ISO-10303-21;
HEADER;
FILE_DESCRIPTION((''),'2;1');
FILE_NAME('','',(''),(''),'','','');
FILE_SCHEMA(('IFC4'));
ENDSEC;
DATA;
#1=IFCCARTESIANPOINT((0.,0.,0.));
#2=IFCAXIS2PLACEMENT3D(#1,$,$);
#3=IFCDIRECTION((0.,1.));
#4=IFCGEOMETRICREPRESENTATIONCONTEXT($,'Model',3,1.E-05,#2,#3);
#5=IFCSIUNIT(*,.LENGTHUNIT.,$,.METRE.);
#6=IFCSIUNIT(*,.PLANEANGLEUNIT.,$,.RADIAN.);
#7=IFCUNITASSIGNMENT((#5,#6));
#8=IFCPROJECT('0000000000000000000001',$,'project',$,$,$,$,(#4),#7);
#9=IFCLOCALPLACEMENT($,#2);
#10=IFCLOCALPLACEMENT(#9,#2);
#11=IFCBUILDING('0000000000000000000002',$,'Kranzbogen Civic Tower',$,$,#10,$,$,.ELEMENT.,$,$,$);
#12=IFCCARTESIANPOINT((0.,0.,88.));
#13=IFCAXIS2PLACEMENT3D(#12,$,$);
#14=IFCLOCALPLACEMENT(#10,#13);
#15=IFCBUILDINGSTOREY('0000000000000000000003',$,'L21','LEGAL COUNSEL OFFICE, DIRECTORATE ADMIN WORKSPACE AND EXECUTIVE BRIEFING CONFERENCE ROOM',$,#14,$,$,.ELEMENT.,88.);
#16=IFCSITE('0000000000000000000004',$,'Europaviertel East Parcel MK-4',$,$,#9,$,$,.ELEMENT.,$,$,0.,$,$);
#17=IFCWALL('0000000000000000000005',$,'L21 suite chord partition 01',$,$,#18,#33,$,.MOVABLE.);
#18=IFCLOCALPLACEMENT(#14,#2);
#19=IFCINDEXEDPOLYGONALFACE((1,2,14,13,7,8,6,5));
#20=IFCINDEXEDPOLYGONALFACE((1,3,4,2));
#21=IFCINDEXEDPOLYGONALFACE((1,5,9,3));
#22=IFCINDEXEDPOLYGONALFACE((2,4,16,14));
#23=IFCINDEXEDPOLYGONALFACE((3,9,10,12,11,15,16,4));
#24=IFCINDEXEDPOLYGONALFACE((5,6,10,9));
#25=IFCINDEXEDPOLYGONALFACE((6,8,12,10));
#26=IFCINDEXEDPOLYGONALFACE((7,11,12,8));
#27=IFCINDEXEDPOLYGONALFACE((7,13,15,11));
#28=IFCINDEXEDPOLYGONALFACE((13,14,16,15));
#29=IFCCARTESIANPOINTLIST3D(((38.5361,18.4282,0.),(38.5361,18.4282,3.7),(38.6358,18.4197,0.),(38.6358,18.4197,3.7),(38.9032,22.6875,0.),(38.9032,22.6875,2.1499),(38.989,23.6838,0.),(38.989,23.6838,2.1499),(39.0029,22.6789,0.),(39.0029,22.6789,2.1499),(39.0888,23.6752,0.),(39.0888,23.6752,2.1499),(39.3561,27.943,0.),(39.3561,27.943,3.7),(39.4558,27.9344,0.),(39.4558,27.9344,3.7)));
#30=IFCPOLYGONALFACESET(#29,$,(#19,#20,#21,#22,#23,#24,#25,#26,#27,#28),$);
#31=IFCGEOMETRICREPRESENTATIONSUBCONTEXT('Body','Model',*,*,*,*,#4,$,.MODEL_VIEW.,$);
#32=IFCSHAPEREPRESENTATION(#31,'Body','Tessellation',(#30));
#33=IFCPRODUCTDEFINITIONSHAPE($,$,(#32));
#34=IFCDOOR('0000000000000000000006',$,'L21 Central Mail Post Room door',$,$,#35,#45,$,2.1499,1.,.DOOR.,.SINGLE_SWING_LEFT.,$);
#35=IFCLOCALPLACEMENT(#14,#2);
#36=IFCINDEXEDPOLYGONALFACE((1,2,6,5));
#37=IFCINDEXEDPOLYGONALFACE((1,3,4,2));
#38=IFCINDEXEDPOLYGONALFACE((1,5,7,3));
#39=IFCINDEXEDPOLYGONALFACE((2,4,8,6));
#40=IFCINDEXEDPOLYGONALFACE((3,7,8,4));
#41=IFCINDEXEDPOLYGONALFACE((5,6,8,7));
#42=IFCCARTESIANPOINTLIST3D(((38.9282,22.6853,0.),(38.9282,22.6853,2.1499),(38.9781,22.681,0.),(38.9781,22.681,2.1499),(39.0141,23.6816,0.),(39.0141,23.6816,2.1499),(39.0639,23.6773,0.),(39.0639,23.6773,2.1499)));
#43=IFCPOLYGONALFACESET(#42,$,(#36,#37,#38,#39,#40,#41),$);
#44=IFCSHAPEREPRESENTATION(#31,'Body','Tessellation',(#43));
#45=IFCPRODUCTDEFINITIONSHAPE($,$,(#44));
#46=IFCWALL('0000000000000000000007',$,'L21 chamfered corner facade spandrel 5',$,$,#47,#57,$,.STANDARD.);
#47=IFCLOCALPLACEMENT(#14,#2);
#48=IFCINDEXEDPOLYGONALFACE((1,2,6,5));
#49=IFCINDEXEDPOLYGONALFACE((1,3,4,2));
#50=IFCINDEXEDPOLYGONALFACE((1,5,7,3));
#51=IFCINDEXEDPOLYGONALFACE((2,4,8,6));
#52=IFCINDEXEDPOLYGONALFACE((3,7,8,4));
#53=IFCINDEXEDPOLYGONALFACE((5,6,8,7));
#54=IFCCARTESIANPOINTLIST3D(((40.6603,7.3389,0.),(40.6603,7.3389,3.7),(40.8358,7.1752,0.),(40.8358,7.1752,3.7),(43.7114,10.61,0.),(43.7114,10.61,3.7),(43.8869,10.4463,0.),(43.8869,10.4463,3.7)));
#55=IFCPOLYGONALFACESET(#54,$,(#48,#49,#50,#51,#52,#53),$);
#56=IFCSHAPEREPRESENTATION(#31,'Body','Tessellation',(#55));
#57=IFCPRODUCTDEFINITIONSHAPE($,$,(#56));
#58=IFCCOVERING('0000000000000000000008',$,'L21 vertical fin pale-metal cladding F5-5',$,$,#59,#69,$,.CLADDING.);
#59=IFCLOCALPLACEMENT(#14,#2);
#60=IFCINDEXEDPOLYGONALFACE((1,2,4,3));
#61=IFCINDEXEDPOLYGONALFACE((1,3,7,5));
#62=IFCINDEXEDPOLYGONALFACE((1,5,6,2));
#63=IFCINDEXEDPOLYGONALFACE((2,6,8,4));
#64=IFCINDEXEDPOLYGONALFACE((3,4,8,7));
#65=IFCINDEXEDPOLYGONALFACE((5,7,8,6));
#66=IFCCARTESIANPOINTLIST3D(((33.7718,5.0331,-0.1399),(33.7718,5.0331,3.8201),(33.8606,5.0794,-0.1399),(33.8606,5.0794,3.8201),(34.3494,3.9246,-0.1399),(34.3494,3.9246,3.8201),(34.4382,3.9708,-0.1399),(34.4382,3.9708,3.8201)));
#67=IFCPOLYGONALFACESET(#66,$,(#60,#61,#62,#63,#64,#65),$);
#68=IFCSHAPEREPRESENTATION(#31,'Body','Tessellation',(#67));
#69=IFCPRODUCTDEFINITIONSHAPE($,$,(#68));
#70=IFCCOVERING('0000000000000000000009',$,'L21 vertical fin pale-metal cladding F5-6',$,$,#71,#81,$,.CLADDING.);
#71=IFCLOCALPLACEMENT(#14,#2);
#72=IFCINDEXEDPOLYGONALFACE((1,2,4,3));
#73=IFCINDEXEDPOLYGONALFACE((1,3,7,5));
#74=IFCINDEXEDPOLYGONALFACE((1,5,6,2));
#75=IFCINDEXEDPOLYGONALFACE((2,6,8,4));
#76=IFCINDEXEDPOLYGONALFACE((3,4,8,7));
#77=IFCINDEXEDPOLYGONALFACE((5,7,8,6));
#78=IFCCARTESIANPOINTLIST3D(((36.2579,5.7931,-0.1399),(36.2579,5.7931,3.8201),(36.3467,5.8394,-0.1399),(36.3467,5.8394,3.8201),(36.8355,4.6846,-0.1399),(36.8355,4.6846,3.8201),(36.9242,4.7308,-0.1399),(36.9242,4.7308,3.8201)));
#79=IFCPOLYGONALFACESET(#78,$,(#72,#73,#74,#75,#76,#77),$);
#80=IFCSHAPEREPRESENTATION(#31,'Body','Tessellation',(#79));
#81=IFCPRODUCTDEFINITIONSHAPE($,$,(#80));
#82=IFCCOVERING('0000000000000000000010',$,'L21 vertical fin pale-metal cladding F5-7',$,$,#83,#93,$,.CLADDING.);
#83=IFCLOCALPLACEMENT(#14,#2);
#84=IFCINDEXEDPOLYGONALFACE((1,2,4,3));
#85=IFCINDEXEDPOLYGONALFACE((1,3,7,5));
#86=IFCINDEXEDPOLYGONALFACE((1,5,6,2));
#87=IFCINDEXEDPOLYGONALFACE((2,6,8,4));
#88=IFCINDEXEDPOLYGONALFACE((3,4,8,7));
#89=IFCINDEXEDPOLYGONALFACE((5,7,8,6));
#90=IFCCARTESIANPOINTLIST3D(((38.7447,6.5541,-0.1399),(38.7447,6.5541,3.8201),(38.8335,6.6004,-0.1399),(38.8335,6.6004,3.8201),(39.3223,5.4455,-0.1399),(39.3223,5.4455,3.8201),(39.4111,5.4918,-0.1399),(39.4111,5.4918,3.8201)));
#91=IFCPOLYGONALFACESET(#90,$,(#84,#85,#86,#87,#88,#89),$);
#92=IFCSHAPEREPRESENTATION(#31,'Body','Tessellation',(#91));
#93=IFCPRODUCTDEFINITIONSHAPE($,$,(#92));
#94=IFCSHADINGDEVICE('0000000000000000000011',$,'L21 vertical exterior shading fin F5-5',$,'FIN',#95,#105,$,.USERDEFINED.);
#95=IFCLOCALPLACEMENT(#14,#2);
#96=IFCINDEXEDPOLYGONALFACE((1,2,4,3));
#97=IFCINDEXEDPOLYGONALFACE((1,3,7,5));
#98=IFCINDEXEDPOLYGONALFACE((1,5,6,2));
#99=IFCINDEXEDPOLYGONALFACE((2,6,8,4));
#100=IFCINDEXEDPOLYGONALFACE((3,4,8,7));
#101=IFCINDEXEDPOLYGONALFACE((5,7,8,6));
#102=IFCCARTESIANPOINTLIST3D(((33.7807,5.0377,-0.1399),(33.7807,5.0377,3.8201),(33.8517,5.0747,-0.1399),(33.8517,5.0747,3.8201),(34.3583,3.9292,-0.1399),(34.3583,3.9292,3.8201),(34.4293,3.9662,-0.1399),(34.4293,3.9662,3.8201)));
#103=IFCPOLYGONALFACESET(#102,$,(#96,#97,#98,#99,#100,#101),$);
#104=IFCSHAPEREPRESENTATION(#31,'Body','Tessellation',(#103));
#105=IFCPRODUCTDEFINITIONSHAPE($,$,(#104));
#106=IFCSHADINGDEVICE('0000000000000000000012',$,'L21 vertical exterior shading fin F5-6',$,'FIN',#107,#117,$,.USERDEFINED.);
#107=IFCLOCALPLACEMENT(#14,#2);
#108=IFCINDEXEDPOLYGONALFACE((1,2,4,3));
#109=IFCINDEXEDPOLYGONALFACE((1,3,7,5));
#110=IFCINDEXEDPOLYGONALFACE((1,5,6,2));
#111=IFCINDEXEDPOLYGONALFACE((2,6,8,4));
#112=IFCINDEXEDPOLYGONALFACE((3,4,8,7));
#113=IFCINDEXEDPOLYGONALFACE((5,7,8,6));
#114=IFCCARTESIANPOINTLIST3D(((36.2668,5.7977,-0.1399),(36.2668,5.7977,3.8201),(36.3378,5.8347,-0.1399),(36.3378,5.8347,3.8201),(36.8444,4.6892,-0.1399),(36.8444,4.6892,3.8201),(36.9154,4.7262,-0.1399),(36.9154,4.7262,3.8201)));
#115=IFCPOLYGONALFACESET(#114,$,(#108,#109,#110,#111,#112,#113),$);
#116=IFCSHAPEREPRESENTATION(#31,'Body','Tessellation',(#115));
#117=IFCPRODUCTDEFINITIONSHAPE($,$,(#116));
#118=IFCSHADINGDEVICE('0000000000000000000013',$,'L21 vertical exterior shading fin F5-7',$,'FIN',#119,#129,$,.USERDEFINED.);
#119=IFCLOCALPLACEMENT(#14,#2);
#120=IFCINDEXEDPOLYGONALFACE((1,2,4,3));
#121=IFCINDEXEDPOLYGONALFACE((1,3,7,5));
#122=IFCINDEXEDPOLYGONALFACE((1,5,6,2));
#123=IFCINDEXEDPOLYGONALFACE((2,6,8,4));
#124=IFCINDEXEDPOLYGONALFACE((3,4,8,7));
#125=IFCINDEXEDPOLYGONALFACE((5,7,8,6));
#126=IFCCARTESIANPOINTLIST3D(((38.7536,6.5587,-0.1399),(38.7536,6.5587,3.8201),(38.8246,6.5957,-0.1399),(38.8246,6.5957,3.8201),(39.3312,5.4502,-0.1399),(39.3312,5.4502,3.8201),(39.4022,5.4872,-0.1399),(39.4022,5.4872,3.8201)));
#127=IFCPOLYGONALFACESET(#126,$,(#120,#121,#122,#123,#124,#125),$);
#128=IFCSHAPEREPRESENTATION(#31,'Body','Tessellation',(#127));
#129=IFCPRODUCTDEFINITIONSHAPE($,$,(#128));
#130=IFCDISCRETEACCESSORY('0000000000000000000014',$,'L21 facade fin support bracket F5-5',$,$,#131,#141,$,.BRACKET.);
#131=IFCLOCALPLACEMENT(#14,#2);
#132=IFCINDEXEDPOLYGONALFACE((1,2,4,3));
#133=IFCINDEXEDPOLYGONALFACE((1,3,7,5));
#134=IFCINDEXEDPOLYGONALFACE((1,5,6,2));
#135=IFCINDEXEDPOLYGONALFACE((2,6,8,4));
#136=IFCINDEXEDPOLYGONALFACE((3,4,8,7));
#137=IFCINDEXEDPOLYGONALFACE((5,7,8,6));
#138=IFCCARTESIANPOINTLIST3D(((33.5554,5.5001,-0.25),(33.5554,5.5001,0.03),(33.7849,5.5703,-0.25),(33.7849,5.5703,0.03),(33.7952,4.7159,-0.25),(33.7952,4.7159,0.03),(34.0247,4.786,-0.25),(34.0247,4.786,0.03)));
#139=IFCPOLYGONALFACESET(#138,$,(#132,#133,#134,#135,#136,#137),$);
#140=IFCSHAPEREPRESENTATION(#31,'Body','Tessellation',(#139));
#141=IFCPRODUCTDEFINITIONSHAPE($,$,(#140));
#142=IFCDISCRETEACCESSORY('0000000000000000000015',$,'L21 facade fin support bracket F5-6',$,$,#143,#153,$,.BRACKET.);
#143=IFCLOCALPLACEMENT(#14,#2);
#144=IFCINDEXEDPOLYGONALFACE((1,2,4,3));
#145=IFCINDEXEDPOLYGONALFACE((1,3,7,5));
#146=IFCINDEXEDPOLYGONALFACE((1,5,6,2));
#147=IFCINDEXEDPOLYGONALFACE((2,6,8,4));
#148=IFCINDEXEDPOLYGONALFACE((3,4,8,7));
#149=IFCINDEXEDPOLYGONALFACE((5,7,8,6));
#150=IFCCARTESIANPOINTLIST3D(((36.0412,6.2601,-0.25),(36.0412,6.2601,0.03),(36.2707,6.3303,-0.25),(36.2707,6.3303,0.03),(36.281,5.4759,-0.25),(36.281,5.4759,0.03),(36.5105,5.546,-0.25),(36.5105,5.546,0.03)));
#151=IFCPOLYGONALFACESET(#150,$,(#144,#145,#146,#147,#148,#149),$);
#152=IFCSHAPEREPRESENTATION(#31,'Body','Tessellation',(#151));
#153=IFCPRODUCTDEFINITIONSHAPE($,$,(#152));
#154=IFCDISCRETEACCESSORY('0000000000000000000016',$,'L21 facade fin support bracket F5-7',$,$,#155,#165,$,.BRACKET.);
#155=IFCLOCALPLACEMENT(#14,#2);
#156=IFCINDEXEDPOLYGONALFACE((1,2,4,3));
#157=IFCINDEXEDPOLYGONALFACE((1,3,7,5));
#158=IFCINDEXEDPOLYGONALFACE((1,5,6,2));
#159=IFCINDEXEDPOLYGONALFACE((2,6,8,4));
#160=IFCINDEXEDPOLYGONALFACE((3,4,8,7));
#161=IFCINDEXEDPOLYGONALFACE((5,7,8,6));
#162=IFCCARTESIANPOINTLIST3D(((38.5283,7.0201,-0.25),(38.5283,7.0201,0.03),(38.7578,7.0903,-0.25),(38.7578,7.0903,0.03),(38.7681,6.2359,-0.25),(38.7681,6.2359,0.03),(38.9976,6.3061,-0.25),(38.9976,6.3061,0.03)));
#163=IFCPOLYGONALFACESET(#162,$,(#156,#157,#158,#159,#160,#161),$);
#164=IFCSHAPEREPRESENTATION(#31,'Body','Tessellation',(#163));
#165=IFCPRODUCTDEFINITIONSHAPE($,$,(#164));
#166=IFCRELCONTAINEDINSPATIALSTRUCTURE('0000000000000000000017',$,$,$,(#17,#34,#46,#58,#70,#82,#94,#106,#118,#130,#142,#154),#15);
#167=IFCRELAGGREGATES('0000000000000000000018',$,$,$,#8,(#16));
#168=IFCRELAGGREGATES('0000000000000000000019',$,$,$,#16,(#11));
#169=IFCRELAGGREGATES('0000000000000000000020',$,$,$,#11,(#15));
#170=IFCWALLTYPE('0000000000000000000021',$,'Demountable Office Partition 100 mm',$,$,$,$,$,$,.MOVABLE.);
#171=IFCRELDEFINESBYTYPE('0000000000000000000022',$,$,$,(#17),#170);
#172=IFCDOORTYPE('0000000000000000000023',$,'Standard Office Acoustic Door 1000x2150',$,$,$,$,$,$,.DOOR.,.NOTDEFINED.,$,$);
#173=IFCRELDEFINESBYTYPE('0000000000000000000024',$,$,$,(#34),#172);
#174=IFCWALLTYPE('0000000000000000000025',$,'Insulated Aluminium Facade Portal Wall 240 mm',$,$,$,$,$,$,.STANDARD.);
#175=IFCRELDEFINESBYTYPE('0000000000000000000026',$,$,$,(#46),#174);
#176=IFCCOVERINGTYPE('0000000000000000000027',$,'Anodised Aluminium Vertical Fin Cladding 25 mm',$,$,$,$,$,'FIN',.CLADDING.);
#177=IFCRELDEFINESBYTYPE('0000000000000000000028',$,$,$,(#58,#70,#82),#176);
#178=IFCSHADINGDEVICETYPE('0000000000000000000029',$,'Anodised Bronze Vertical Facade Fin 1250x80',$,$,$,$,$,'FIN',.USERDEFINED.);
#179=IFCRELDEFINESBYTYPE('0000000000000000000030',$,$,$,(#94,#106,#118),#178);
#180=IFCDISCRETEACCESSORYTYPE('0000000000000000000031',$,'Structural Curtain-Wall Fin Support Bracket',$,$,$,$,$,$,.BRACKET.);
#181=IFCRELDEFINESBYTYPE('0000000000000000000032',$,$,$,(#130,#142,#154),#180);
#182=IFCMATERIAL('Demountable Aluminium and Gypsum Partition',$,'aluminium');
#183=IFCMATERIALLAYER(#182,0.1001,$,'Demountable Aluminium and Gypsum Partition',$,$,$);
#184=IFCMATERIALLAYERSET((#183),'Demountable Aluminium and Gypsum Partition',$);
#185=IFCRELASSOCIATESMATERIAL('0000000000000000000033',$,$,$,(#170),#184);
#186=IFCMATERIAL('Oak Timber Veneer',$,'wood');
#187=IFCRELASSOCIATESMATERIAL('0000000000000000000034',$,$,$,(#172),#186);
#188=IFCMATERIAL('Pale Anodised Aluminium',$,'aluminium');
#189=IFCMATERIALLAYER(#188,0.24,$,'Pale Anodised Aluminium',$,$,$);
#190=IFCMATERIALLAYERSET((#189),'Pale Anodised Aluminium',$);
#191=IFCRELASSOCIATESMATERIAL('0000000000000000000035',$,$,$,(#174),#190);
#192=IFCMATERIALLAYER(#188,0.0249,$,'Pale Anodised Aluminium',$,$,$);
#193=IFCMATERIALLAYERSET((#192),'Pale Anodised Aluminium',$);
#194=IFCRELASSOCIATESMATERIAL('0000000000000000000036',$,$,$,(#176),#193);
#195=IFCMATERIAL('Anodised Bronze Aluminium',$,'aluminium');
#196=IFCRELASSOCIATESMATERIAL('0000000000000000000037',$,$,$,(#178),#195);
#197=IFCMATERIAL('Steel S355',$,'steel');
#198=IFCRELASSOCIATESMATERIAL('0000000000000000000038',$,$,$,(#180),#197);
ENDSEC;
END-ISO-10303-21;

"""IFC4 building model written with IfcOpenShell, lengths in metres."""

from ifc_helpers import new_model, si_unit, direction, frame, frame_2d, origin, origin_2d, place, context, subcontext, project, spatial, rectangle, extrude, material, layer, layer_set, type_object, element, fill, save


model = new_model("IFC4")

# Units and contexts
model_context = context("Model", 3, precision=1e-05, world=origin(), true_north=direction((0.0, 1.0)))
body_context = subcontext(model_context, "Body", "Model", "MODEL_VIEW")
ifc_project = project(units=[si_unit("LENGTHUNIT", "METRE"), si_unit("PLANEANGLEUNIT", "RADIAN")], contexts=[model_context])

# Site, building, storey
site_placement = place(None, origin())
site = spatial("IfcSite", under=ifc_project, at=site_placement, Name="Europaviertel East Parcel MK-4", CompositionType="ELEMENT", RefElevation=0.0)
building_placement = place(site_placement, origin())
building = spatial("IfcBuilding", under=site, at=building_placement, Name="Kranzbogen Civic Tower", CompositionType="ELEMENT")
storey_placement = place(building_placement, frame((0.0, 0.0, 88.0)))
storey = spatial("IfcBuildingStorey", under=building, at=storey_placement, Name="L21", Description="LEGAL COUNSEL OFFICE, DIRECTORATE ADMIN WORKSPACE AND EXECUTIVE BRIEFING CONFERENCE ROOM", CompositionType="ELEMENT", Elevation=88.0)

# Shared definitions
ifc_material_1 = material(Name="Steel S355", Category="steel")

# Shared definitions
ifc_material_2 = material(Name="Pale Anodised Aluminium", Category="aluminium")

# Shared definitions
ifc_material_3 = material(Name="Demountable Aluminium and Gypsum Partition", Category="aluminium")
ifc_layer_1 = layer(ifc_material_3, 0.1001, Name="Demountable Aluminium and Gypsum Partition")
ifc_layer_set_1 = layer_set([ifc_layer_1], Name="Demountable Aluminium and Gypsum Partition")
wall_type_1 = type_object("IfcWallType", Name="Demountable Office Partition 100 mm", PredefinedType="MOVABLE", material=ifc_layer_set_1)

# Wall, opening, door
wall_1_placement = place(storey_placement, frame((38.5859, 18.4241, 0.0), z_axis=(0.0, 0.0, 1.0), x_axis=(0.08587, 0.996306, 0.0)))
wall_1 = element("IfcWall", 1, at=wall_1_placement, inside=storey, type_object=wall_type_1, Name="L21 suite chord partition 01", PredefinedType="MOVABLE", context=body_context, shape_type="SweptSolid", body=[
    extrude(rectangle(XDim=9.55, YDim=0.1001, at=frame_2d((4.7749, 0.0))), origin(), (0.0, 0.0, 1.0), 3.7),
])
opening_1_placement = place(wall_1_placement, frame((4.2749, 0.0, 0.0)))
opening_1 = element("IfcOpeningElement", 2, at=opening_1_placement, cuts=wall_1, PredefinedType="OPENING", context=body_context, shape_type="SweptSolid", body=[
    extrude(rectangle(XDim=1.0, YDim=2.1499, at=frame_2d((0.5, 1.075))), frame((0.0, 0.0601, 0.0), z_axis=(0.0, -1.0, 0.0), x_axis=(1.0, 0.0, 0.0)), (0.0, 0.0, 1.0), 0.1201),
])
ifc_material_4 = material(Name="Oak Timber Veneer", Category="wood")
door_type_1 = type_object("IfcDoorType", Name="Standard Office Acoustic Door 1000x2150", OperationType="NOTDEFINED", PredefinedType="DOOR", material=ifc_material_4)
door_1_placement = place(opening_1_placement, origin())
door_1 = element("IfcDoor", 3, at=door_1_placement, inside=storey, type_object=door_type_1, Name="L21 Central Mail Post Room door", OperationType="SINGLE_SWING_LEFT", OverallHeight=2.1499, OverallWidth=1.0, PredefinedType="DOOR", context=body_context, shape_type="SweptSolid", body=[
    extrude(rectangle(XDim=1.0, YDim=2.1499, at=frame_2d((0.5, 1.075))), frame((0.0, 0.0249, 0.0), z_axis=(0.0, -1.0, 0.0), x_axis=(1.0, 0.0, 0.0)), (0.0, 0.0, 1.0), 0.05),
])
fill(opening_1, door_1)

# Wall
ifc_layer_2 = layer(ifc_material_2, 0.24, Name="Pale Anodised Aluminium")
ifc_layer_set_2 = layer_set([ifc_layer_2], Name="Pale Anodised Aluminium")
wall_type_2 = type_object("IfcWallType", Name="Insulated Aluminium Facade Portal Wall 240 mm", PredefinedType="STANDARD", material=ifc_layer_set_2)
wall_2_placement = place(storey_placement, frame((40.748, 7.2571, 0.0), z_axis=(0.0, 0.0, 1.0), x_axis=(0.682091, 0.731268, 0.0)))
element("IfcWall", 4, at=wall_2_placement, inside=storey, type_object=wall_type_2, Name="L21 chamfered corner facade spandrel 5", PredefinedType="STANDARD", context=body_context, shape_type="SweptSolid", body=[
    extrude(rectangle(XDim=4.4731, YDim=0.24, at=frame_2d((2.2366, 0.0))), origin(), (0.0, 0.0, 1.0), 3.7),
])

# Coverings
ifc_layer_3 = layer(ifc_material_2, 0.0249, Name="Pale Anodised Aluminium")
ifc_layer_set_3 = layer_set([ifc_layer_3], Name="Pale Anodised Aluminium")
covering_type = type_object("IfcCoveringType", Name="Anodised Aluminium Vertical Fin Cladding 25 mm", ElementType="FIN", PredefinedType="CLADDING", material=ifc_layer_set_3)
for number, where, z_axis, x_axis, name in (
    (5, (34.105, 4.502, -0.1399), (0.0, 0.0, 1.0), (0.462074, -0.886842, 0.0), "L21 vertical fin pale-metal cladding F5-5"),
    (6, (36.5911, 5.262, -0.1399), (0.0, 0.0, 1.0), (0.462074, -0.886842, 0.0), "L21 vertical fin pale-metal cladding F5-6"),
    (7, (39.0779, 6.0229, -0.1399), (0.0, 0.0, 1.0), (0.462074, -0.886842, 0.0), "L21 vertical fin pale-metal cladding F5-7"),
):
    element("IfcCovering", number, at=place(storey_placement, frame(where, z_axis=z_axis, x_axis=x_axis)), inside=storey, type_object=covering_type, Name=name, PredefinedType="CLADDING", context=body_context, shape_type="SweptSolid", body=[
        extrude(rectangle(XDim=1.25, YDim=0.1001, at=origin_2d()), origin(), (0.0, 0.0, 1.0), 3.96),
    ])

# Shading devices
ifc_material_5 = material(Name="Anodised Bronze Aluminium", Category="aluminium")
shading_device_type = type_object("IfcShadingDeviceType", Name="Anodised Bronze Vertical Facade Fin 1250x80", ElementType="FIN", PredefinedType="USERDEFINED", material=ifc_material_5)
for number, where, z_axis, x_axis, name in (
    (8, (34.105, 4.502, -0.1399), (0.0, 0.0, 1.0), (0.462074, -0.886842, 0.0), "L21 vertical exterior shading fin F5-5"),
    (9, (36.5911, 5.262, -0.1399), (0.0, 0.0, 1.0), (0.462074, -0.886842, 0.0), "L21 vertical exterior shading fin F5-6"),
    (10, (39.0779, 6.0229, -0.1399), (0.0, 0.0, 1.0), (0.462074, -0.886842, 0.0), "L21 vertical exterior shading fin F5-7"),
):
    element("IfcShadingDevice", number, at=place(storey_placement, frame(where, z_axis=z_axis, x_axis=x_axis)), inside=storey, type_object=shading_device_type, Name=name, ObjectType="FIN", PredefinedType="USERDEFINED", context=body_context, shape_type="SweptSolid", body=[
        extrude(rectangle(XDim=1.25, YDim=0.0801, at=origin_2d()), origin(), (0.0, 0.0, 1.0), 3.96),
    ])

# Discrete accessories
discrete_accessory_type = type_object("IfcDiscreteAccessoryType", Name="Structural Curtain-Wall Fin Support Bracket", PredefinedType="BRACKET", material=ifc_material_1)
for number, where, z_axis, x_axis, name in (
    (11, (33.79, 5.1431, -0.25), (0.0, 0.0, 1.0), (0.292372, -0.956305, 0.0), "L21 facade fin support bracket F5-5"),
    (12, (36.2759, 5.9031, -0.25), (0.0, 0.0, 1.0), (0.292372, -0.956305, 0.0), "L21 facade fin support bracket F5-6"),
    (13, (38.7629, 6.6631, -0.25), (0.0, 0.0, 1.0), (0.292372, -0.956305, 0.0), "L21 facade fin support bracket F5-7"),
):
    element("IfcDiscreteAccessory", number, at=place(storey_placement, frame(where, z_axis=z_axis, x_axis=x_axis)), inside=storey, type_object=discrete_accessory_type, Name=name, PredefinedType="BRACKET", context=body_context, shape_type="SweptSolid", body=[
        extrude(rectangle(XDim=0.8201, YDim=0.24, at=origin_2d()), origin(), (0.0, 0.0, 1.0), 0.28),
    ])

save(model, "model.ifc")
